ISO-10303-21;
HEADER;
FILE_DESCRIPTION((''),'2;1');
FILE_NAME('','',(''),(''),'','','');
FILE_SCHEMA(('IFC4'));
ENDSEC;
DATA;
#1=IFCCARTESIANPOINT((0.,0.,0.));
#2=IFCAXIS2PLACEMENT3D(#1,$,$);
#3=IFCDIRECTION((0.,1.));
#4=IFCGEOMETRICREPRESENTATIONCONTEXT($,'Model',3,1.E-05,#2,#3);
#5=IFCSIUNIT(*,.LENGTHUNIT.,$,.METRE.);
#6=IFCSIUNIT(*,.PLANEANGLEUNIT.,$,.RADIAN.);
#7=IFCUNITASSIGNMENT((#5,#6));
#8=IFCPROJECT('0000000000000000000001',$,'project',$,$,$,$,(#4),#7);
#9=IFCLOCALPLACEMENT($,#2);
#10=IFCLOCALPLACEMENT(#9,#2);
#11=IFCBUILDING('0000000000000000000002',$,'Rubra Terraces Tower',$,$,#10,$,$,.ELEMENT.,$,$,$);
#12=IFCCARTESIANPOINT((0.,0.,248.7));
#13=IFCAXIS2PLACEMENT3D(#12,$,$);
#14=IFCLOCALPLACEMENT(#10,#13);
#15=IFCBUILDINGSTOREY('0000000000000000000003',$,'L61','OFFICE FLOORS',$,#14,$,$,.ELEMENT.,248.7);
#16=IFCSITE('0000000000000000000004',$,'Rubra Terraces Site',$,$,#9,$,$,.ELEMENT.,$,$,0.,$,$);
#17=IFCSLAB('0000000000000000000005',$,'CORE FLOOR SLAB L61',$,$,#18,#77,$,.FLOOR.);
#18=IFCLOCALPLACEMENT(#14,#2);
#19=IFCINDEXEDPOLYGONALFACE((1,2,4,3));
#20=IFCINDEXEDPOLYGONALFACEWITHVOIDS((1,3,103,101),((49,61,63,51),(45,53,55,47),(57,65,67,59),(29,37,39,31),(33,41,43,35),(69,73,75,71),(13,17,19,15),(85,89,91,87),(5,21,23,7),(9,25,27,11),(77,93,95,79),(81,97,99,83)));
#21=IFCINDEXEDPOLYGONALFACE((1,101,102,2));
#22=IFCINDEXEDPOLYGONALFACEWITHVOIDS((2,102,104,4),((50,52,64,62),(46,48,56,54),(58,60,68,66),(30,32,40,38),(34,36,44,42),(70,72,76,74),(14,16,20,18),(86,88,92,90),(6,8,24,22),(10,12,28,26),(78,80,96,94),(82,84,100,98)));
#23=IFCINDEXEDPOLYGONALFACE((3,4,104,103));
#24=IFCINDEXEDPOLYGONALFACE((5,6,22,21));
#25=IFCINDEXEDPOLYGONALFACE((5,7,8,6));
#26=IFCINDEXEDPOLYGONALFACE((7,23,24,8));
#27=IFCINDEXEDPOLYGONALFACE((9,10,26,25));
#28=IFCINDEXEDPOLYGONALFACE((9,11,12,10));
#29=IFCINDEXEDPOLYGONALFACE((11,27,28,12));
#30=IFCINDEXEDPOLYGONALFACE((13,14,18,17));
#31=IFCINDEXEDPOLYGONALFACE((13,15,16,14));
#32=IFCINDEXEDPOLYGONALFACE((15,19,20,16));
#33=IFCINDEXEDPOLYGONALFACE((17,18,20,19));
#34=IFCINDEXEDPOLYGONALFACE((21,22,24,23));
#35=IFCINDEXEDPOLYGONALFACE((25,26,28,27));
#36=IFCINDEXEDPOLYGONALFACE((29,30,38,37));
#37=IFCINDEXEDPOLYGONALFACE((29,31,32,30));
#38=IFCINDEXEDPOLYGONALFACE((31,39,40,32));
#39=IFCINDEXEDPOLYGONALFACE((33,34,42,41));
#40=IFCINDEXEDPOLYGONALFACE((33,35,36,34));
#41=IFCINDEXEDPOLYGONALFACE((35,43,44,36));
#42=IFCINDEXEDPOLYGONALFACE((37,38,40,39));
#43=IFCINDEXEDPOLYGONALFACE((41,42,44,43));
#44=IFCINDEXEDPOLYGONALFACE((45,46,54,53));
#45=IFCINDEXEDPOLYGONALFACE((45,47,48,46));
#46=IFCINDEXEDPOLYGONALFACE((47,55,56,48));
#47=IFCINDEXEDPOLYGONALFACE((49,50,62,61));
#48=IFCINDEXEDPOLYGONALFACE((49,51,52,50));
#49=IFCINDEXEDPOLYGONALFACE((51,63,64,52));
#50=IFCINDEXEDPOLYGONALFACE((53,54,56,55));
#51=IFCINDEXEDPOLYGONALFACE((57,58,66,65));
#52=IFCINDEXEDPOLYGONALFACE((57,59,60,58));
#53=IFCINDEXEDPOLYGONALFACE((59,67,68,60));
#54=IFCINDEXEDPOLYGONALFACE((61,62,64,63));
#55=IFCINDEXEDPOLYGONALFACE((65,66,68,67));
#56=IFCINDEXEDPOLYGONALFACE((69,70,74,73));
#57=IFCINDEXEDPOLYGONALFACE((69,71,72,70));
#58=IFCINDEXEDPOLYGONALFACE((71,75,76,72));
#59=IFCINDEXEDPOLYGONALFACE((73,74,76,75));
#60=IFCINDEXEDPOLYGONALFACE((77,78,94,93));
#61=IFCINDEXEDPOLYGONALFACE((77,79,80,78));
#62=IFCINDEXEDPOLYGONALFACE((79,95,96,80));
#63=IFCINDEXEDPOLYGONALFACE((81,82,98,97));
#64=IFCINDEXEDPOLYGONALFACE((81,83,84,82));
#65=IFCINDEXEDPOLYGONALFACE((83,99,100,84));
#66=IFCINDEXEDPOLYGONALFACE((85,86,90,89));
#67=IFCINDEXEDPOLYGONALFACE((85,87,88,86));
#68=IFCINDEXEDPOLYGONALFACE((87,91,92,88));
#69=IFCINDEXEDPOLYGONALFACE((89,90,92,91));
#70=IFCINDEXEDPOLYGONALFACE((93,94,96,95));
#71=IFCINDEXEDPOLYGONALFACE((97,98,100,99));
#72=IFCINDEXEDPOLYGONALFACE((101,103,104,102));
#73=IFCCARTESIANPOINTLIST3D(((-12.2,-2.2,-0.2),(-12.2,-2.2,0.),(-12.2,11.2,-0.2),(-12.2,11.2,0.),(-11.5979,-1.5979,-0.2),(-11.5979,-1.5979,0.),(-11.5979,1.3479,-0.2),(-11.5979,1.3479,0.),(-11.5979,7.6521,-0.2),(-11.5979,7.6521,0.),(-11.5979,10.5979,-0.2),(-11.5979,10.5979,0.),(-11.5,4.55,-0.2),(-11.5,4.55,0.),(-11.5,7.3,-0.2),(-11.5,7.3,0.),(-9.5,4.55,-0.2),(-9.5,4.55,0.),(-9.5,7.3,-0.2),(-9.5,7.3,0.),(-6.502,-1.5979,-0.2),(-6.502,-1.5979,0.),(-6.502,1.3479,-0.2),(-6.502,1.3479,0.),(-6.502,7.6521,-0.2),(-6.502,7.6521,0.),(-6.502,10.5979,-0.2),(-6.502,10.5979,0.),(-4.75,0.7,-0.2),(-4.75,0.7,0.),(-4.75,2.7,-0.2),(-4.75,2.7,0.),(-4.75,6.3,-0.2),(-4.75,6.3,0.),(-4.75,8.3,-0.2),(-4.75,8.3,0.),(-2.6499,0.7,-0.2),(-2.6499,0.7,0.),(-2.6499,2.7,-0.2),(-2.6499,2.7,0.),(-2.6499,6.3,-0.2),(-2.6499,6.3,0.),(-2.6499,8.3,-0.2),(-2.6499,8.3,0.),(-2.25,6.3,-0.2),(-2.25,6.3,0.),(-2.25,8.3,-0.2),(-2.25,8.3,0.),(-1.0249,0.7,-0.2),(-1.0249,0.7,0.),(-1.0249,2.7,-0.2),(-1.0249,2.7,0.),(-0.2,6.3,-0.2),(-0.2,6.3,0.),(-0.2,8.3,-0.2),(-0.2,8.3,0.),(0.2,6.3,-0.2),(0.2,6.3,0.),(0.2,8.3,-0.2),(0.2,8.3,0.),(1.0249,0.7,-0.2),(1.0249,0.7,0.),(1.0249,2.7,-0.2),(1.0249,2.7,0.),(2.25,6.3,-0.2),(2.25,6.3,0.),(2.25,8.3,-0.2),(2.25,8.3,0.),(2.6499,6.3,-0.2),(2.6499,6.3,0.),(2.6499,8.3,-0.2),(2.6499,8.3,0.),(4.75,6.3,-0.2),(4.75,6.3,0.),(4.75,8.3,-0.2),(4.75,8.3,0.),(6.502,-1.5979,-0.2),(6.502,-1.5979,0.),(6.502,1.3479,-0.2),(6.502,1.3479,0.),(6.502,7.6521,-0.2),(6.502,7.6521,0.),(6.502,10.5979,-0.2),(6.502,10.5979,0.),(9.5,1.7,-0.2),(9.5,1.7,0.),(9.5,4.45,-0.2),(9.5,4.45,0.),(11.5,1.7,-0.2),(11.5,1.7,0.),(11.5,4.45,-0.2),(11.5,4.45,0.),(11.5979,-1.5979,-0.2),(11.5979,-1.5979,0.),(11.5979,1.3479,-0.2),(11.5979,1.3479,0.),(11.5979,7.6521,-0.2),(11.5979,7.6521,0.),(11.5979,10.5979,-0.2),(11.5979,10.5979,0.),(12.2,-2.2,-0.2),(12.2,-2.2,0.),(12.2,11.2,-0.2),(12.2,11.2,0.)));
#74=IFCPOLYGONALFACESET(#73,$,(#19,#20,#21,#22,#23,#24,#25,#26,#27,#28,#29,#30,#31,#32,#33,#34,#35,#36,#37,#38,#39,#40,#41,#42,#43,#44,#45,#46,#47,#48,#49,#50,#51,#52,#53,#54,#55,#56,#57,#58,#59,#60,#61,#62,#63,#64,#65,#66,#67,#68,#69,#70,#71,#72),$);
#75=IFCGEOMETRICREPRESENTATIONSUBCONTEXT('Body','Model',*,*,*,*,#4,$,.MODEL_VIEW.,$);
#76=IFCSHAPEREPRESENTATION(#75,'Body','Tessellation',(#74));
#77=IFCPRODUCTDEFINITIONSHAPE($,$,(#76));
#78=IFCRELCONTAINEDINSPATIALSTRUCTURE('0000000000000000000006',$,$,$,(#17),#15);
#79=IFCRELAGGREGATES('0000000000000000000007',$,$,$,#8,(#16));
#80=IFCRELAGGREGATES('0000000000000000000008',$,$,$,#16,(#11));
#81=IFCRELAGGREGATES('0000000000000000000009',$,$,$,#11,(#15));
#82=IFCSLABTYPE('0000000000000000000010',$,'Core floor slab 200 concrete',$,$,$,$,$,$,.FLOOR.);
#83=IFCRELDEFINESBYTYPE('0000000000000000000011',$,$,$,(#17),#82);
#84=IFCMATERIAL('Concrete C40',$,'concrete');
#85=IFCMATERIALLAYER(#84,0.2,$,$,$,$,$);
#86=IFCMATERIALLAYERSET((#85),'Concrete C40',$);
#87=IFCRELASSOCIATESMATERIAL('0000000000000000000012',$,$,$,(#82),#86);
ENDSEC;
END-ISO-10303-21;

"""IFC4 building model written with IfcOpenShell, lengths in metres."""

from ifc_helpers import new_model, si_unit, direction, frame, origin, place, context, subcontext, project, spatial, polyline, outline, extrude, material, layer, layer_set, type_object, element, save


model = new_model("IFC4")

# Units and contexts
model_context = context("Model", 3, precision=1e-05, world=origin(), true_north=direction((0.0, 1.0)))
body_context = subcontext(model_context, "Body", "Model", "MODEL_VIEW")
ifc_project = project(units=[si_unit("LENGTHUNIT", "METRE"), si_unit("PLANEANGLEUNIT", "RADIAN")], contexts=[model_context])

# Site, building, storey
site_placement = place(None, origin())
site = spatial("IfcSite", under=ifc_project, at=site_placement, Name="Rubra Terraces Site", CompositionType="ELEMENT", RefElevation=0.0)
building_placement = place(site_placement, origin())
building = spatial("IfcBuilding", under=site, at=building_placement, Name="Rubra Terraces Tower", CompositionType="ELEMENT")
storey_placement = place(building_placement, frame((0.0, 0.0, 248.7)))
storey = spatial("IfcBuildingStorey", under=building, at=storey_placement, Name="L61", Description="OFFICE FLOORS", CompositionType="ELEMENT", Elevation=248.7)

# Slab
ifc_material_1 = material(Name="Concrete C40", Category="concrete")
ifc_layer_1 = layer(ifc_material_1, 0.2)
ifc_layer_set_1 = layer_set([ifc_layer_1], Name="Concrete C40")
slab_type_1 = type_object("IfcSlabType", Name="Core floor slab 200 concrete", PredefinedType="FLOOR", material=ifc_layer_set_1)
slab_1_placement = place(storey_placement, frame((0.0, 0.0, -0.2)))
element("IfcSlab", 1, at=slab_1_placement, inside=storey, type_object=slab_type_1, Name="CORE FLOOR SLAB L61", PredefinedType="FLOOR", context=body_context, shape_type="SweptSolid", body=[
    extrude(outline(polyline([(-12.2, -2.2), (-12.2, 11.2), (12.2, 11.2), (12.2, -2.2), (-12.2, -2.2)]), holes=[polyline([(11.5979, 1.3479), (6.502, 1.3479), (6.502, -1.5979), (11.5979, -1.5979), (11.5979, 1.3479)]), polyline([(11.5979, 7.6521), (11.5979, 10.5979), (6.502, 10.5979), (6.502, 7.6521), (11.5979, 7.6521)]), polyline([(9.5, 1.7), (11.5, 1.7), (11.5, 4.45), (9.5, 4.45), (9.5, 1.7)]), polyline([(4.75, 6.3), (4.75, 8.3), (2.6499, 8.3), (2.6499, 6.3), (4.75, 6.3)]), polyline([(2.25, 8.3), (0.2, 8.3), (0.2, 6.3), (2.25, 6.3), (2.25, 8.3)]), polyline([(1.0249, 0.7), (1.0249, 2.7), (-1.0249, 2.7), (-1.0249, 0.7), (1.0249, 0.7)]), polyline([(-0.2, 6.3), (-0.2, 8.3), (-2.25, 8.3), (-2.25, 6.3), (-0.2, 6.3)]), polyline([(-4.75, 8.3), (-4.75, 6.3), (-2.6499, 6.3), (-2.6499, 8.3), (-4.75, 8.3)]), polyline([(-2.6499, 0.7), (-2.6499, 2.7), (-4.75, 2.7), (-4.75, 0.7), (-2.6499, 0.7)]), polyline([(-11.5979, -1.5979), (-6.502, -1.5979), (-6.502, 1.3479), (-11.5979, 1.3479), (-11.5979, -1.5979)]), polyline([(-11.5979, 10.5979), (-11.5979, 7.6521), (-6.502, 7.6521), (-6.502, 10.5979), (-11.5979, 10.5979)]), polyline([(-9.5, 4.55), (-9.5, 7.3), (-11.5, 7.3), (-11.5, 4.55), (-9.5, 4.55)])]), origin(), (0.0, 0.0, 1.0), 0.2),
])

save(model, "model.ifc")
